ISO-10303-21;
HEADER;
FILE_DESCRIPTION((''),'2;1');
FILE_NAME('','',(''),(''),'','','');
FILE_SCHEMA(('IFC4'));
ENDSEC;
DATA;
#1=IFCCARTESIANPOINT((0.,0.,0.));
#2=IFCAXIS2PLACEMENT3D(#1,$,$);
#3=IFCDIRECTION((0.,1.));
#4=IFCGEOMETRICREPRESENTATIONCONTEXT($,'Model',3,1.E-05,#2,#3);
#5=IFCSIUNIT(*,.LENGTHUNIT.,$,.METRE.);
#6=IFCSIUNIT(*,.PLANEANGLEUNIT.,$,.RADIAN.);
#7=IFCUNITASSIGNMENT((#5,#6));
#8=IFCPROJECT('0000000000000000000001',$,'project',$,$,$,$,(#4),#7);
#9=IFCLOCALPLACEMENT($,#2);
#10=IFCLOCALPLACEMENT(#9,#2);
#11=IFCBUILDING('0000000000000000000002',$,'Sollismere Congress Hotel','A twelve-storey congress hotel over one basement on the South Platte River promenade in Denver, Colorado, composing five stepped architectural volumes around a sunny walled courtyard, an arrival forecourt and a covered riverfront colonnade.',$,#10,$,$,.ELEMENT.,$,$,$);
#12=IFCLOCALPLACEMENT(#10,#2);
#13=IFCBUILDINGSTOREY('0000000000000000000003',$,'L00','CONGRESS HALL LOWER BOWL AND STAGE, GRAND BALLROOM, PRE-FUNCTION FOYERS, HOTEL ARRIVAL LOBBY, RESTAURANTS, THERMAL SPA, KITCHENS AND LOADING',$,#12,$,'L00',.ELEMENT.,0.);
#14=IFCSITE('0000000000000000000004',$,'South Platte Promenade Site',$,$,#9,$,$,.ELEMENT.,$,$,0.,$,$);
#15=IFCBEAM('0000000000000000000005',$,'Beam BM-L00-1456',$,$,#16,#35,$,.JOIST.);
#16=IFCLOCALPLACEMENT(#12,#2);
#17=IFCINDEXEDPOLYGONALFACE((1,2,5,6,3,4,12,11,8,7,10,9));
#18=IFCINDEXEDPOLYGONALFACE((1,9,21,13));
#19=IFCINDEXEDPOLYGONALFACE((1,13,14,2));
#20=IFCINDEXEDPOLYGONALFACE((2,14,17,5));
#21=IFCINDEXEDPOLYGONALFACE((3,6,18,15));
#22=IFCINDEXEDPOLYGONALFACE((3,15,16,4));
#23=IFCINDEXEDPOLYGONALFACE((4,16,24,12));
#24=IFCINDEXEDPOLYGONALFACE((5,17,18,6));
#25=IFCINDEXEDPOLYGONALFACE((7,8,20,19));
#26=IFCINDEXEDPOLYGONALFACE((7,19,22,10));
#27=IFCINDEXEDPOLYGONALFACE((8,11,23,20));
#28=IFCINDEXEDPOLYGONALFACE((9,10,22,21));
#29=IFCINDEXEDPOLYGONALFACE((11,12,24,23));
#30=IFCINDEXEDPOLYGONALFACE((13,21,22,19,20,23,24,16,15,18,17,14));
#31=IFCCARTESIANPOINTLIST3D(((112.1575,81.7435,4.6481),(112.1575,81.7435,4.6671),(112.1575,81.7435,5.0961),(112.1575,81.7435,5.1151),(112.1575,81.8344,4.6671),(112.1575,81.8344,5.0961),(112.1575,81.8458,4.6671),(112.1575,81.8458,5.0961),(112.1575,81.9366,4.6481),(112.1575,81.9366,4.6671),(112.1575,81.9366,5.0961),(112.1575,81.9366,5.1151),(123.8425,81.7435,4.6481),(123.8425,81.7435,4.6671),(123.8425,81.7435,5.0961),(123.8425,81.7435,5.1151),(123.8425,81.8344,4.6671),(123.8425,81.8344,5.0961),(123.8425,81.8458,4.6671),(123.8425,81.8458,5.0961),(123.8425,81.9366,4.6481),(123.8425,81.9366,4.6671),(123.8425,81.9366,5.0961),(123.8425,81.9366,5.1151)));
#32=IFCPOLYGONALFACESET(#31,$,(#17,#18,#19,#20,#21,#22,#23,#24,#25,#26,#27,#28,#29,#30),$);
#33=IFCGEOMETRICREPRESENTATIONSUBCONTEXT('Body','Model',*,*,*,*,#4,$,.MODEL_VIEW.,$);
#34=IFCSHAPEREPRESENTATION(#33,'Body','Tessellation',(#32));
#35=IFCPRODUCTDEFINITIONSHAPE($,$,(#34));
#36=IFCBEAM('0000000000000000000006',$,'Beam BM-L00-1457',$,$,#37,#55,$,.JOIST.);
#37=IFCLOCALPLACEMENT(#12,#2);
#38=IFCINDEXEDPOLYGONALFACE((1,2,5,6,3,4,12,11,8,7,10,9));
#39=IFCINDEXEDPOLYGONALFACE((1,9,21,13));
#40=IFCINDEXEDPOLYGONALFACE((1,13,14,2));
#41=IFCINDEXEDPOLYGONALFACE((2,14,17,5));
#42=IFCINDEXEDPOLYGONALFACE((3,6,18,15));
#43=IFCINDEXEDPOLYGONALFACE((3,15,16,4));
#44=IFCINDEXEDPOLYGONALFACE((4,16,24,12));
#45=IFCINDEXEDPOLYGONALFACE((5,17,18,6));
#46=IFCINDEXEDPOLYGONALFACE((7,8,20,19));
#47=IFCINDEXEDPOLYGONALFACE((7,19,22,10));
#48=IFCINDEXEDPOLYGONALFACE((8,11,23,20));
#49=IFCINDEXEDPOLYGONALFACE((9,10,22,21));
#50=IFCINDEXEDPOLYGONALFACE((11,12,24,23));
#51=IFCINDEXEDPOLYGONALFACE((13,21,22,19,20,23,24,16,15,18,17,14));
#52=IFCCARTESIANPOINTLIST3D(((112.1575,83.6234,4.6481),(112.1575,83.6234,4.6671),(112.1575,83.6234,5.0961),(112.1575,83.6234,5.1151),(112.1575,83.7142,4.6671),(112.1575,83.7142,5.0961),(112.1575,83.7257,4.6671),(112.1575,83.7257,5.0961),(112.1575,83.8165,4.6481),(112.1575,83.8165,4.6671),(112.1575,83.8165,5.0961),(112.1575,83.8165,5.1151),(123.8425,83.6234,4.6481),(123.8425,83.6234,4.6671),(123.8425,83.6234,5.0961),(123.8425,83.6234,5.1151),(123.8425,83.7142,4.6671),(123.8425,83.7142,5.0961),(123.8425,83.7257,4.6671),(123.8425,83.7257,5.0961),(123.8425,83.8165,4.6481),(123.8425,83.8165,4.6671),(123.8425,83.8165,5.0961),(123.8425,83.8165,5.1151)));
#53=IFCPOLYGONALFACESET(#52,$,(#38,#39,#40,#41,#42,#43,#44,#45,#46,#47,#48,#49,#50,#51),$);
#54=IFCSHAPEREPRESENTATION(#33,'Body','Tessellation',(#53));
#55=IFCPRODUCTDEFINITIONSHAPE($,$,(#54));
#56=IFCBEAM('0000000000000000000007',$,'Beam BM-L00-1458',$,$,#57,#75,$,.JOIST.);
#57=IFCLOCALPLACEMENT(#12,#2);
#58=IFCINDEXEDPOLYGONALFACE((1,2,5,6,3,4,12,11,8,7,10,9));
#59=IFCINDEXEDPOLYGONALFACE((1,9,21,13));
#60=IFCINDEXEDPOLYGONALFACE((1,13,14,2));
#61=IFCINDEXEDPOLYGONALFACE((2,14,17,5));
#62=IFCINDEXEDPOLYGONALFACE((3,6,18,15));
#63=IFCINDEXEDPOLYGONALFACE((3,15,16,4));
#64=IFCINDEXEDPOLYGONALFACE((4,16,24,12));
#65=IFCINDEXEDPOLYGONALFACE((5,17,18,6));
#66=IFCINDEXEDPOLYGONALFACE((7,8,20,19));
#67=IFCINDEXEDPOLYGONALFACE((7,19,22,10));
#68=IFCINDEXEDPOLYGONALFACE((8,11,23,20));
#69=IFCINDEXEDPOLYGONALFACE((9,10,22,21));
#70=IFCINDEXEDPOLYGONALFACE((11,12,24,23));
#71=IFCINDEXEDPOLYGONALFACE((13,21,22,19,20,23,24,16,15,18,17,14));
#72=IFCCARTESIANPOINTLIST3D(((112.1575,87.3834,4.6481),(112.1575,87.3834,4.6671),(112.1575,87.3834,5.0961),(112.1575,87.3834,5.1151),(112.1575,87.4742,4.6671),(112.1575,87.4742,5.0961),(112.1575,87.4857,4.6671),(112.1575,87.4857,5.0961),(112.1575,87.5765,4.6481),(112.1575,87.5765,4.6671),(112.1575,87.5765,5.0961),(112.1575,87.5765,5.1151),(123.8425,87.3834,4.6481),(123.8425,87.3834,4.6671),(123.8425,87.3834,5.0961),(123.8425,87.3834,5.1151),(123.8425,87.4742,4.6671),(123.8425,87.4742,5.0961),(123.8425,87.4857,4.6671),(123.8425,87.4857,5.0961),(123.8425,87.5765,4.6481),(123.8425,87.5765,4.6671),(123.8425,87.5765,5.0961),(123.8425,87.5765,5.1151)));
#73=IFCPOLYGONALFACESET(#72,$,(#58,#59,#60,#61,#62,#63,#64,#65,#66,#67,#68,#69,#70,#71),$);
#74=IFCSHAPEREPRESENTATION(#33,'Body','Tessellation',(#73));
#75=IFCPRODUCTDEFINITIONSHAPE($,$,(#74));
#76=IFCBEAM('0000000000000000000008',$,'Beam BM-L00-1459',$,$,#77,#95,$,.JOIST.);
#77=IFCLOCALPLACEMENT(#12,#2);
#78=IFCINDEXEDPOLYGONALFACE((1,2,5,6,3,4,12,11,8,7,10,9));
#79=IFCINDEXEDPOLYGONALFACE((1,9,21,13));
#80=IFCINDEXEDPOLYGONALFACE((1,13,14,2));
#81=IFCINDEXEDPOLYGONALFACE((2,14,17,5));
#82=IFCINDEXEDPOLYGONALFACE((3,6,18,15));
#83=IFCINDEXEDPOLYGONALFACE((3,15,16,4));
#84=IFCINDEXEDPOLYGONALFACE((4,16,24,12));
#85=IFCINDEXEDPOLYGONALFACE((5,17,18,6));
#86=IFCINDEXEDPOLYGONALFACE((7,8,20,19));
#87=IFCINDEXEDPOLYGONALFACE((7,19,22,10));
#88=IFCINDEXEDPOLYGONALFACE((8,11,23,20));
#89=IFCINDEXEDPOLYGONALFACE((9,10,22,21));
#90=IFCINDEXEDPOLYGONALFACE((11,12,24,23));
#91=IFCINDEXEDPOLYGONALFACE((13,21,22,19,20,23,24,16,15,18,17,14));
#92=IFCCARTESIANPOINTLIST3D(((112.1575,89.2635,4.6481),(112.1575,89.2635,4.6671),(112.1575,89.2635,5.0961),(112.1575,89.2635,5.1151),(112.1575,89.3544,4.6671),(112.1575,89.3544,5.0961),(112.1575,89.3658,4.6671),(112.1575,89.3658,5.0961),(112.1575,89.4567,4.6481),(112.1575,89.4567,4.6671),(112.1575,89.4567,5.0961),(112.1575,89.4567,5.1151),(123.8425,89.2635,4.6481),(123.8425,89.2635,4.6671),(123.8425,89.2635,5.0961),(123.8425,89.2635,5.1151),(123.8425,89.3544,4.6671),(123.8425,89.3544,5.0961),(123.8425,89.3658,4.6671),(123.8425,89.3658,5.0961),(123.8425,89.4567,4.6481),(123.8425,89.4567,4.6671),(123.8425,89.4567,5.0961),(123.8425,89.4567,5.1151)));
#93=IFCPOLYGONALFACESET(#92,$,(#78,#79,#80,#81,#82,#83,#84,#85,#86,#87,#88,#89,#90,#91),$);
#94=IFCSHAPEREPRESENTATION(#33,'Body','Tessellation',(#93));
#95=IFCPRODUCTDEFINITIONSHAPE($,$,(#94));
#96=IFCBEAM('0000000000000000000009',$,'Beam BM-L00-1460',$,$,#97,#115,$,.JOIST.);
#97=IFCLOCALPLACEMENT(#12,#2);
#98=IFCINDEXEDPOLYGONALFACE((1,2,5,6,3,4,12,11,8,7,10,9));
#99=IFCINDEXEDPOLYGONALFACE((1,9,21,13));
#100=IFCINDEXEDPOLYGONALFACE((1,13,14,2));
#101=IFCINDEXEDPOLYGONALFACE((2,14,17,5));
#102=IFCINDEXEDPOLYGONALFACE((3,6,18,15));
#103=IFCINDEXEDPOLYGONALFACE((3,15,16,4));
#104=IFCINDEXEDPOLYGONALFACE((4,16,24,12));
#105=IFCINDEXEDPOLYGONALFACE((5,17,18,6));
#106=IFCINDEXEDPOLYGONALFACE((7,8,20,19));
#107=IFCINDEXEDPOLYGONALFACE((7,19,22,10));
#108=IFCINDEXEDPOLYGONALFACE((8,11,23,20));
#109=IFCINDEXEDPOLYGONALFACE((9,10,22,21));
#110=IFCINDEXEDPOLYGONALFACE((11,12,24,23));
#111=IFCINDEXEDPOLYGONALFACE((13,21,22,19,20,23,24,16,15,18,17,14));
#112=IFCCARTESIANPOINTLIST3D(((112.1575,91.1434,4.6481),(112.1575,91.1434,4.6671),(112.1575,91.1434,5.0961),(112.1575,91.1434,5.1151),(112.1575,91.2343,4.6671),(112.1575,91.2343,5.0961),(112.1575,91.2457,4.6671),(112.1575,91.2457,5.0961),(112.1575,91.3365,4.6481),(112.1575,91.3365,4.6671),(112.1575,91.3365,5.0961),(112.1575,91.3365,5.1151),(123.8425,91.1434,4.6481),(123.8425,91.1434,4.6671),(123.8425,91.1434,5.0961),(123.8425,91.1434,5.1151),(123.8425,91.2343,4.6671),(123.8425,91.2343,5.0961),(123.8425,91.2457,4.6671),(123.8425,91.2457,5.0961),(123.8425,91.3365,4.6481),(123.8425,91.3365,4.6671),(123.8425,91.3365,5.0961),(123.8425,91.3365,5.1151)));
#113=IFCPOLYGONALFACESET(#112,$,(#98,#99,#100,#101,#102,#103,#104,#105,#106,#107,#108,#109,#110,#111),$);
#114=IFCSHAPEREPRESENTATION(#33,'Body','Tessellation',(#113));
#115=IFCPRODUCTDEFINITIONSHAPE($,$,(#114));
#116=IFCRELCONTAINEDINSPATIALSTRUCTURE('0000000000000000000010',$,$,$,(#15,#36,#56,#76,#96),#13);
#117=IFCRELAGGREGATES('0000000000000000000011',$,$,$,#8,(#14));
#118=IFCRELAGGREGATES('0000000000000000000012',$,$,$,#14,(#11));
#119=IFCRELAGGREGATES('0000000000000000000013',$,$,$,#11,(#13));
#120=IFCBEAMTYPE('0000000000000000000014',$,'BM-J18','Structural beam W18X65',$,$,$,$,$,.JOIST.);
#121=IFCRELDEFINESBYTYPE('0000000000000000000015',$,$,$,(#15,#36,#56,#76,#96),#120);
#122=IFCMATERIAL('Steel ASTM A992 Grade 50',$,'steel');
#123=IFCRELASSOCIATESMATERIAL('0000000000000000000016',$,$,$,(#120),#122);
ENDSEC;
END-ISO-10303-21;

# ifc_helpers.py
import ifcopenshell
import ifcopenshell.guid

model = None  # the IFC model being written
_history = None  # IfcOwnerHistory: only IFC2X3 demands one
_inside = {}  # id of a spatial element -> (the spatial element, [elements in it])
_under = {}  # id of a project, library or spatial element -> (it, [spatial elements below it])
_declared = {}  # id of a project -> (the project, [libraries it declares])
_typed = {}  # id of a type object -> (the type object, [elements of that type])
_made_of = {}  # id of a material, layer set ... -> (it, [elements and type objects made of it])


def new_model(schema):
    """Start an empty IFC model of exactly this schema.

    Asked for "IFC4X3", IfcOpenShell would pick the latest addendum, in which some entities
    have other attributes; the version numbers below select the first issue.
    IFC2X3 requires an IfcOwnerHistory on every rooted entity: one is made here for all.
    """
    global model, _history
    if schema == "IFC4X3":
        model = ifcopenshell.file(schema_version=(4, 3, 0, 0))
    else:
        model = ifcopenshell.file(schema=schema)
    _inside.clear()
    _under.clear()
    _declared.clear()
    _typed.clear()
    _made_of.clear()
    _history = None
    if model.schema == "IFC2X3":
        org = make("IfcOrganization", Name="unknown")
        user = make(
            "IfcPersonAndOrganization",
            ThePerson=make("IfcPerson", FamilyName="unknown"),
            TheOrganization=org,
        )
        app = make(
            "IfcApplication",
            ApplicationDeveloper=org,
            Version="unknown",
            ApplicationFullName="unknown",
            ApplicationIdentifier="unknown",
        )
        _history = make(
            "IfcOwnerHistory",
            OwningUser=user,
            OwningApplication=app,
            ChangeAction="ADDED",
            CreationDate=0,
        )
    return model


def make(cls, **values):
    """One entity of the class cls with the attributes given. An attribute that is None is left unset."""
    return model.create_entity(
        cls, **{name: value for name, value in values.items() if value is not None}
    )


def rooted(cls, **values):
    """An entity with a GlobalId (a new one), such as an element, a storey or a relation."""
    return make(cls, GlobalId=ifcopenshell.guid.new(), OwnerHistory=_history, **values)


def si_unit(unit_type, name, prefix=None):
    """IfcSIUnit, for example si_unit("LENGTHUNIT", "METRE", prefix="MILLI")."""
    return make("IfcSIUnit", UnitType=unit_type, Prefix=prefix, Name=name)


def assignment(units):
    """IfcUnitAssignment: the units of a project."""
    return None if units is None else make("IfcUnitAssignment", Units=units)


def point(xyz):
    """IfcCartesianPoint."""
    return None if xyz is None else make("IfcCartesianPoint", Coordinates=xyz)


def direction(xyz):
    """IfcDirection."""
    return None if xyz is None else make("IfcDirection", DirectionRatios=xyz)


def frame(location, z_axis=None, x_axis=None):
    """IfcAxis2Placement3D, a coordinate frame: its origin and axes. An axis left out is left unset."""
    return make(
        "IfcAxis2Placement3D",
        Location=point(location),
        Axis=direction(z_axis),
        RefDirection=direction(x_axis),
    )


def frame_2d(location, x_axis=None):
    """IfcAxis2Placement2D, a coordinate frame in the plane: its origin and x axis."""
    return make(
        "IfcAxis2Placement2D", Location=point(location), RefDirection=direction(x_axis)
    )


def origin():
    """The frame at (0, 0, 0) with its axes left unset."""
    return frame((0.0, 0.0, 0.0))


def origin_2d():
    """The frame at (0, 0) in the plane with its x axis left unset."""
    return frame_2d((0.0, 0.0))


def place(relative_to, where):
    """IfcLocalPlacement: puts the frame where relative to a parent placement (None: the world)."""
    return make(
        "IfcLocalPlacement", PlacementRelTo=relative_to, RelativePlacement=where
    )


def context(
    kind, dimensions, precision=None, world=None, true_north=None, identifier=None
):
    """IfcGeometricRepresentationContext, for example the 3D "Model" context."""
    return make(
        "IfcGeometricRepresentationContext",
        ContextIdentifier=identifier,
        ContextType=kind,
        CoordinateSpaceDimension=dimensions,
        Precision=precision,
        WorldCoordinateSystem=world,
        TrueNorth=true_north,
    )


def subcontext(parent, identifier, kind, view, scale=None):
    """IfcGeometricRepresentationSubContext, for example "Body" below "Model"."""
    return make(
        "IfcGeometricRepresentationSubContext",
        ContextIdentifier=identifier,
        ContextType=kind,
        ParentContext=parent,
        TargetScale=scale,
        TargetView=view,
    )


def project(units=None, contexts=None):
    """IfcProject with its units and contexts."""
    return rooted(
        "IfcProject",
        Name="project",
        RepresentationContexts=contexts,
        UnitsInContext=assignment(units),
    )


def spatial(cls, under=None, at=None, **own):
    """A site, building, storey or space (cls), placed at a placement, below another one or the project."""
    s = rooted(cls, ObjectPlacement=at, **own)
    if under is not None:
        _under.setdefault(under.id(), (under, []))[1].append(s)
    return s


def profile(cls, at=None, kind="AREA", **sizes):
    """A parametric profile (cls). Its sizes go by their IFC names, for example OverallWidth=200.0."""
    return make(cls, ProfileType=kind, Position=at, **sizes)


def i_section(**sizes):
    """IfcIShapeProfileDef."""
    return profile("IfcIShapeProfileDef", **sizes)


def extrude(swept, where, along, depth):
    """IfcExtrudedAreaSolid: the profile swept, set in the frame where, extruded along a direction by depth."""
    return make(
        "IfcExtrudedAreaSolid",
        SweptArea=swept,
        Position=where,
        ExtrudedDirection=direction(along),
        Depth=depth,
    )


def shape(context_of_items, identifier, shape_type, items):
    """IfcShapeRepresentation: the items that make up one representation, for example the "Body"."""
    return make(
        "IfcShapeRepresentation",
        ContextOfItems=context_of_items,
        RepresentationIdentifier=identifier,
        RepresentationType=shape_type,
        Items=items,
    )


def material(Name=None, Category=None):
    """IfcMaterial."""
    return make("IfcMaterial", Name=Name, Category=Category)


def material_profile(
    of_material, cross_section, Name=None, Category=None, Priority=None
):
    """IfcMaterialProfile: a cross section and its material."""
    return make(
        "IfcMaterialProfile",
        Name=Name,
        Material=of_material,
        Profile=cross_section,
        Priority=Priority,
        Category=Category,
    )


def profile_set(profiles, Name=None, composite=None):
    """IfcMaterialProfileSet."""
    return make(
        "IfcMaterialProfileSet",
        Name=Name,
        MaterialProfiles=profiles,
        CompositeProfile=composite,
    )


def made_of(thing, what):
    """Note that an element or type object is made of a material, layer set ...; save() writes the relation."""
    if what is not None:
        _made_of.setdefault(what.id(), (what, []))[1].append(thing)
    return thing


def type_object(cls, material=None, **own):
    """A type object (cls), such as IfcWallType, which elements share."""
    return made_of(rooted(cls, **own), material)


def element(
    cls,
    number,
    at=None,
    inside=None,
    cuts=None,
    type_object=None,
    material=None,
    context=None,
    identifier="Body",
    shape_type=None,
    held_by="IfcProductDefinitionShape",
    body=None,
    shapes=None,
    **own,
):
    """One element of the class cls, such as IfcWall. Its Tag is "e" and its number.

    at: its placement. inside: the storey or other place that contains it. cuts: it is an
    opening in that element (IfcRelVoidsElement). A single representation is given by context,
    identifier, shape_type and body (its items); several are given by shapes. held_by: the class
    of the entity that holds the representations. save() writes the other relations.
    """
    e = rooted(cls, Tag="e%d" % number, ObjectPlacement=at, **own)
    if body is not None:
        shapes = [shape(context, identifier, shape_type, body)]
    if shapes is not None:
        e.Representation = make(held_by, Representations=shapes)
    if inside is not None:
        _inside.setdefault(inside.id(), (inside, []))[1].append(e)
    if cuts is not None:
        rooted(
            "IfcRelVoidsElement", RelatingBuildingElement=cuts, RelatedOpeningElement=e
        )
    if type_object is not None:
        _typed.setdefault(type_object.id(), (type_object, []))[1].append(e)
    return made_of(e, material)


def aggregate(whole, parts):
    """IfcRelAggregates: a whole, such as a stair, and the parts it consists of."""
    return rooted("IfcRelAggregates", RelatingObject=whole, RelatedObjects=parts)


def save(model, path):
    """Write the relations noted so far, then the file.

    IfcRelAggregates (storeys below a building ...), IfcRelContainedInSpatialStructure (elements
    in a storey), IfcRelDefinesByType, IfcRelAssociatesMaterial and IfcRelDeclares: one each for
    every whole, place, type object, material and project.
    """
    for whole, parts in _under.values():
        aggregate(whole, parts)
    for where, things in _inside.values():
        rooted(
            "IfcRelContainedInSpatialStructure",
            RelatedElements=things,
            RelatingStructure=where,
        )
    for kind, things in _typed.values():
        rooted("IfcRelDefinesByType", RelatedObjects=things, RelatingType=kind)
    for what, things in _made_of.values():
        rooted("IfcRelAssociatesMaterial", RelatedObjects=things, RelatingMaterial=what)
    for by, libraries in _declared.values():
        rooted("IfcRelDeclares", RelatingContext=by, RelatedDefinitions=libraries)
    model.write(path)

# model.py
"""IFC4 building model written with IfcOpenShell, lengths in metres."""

from ifc_helpers import new_model, si_unit, direction, frame, origin, origin_2d, place, context, subcontext, project, spatial, i_section, extrude, material, material_profile, profile_set, type_object, element, save


model = new_model("IFC4")

# Units and contexts
model_context = context("Model", 3, precision=1e-05, world=origin(), true_north=direction((0.0, 1.0)))
body_context = subcontext(model_context, "Body", "Model", "MODEL_VIEW")
ifc_project = project(units=[si_unit("LENGTHUNIT", "METRE"), si_unit("PLANEANGLEUNIT", "RADIAN")], contexts=[model_context])

# Site, building, storey
site_placement = place(None, origin())
site = spatial("IfcSite", under=ifc_project, at=site_placement, Name="South Platte Promenade Site", CompositionType="ELEMENT", RefElevation=0.0)
building_placement = place(site_placement, origin())
building = spatial("IfcBuilding", under=site, at=building_placement, Name="Sollismere Congress Hotel", Description="A twelve-storey congress hotel over one basement on the South Platte River promenade in Denver, Colorado, composing five stepped architectural volumes around a sunny walled courtyard, an arrival forecourt and a covered riverfront colonnade.", CompositionType="ELEMENT")
storey_placement = place(building_placement, origin())
storey = spatial("IfcBuildingStorey", under=building, at=storey_placement, Name="L00", Description="CONGRESS HALL LOWER BOWL AND STAGE, GRAND BALLROOM, PRE-FUNCTION FOYERS, HOTEL ARRIVAL LOBBY, RESTAURANTS, THERMAL SPA, KITCHENS AND LOADING", LongName="L00", CompositionType="ELEMENT", Elevation=0.0)

# Shared definitions
ifc_material_1 = material(Name="Steel ASTM A992 Grade 50", Category="steel")

# Beams
ifc_material_profile_1 = material_profile(ifc_material_1, i_section(OverallWidth=0.1931, OverallDepth=0.467, WebThickness=0.0115, FlangeThickness=0.019, at=origin_2d()), Name="W18X65")
ifc_profile_set_1 = profile_set([ifc_material_profile_1], Name="Steel ASTM A992 Grade 50")
beam_type_1 = type_object("IfcBeamType", Name="BM-J18", Description="Structural beam W18X65", PredefinedType="JOIST", material=ifc_profile_set_1)
for number, where, z_axis, x_axis, name in (
    (1, (112.1575, 81.8401, 4.8816), (1.0, 0.0, 0.0), (0.0, 1.0, 0.0), "Beam BM-L00-1456"),
    (2, (112.1575, 83.72, 4.8816), (1.0, 0.0, 0.0), (0.0, 1.0, 0.0), "Beam BM-L00-1457"),
    (3, (112.1575, 87.48, 4.8816), (1.0, 0.0, 0.0), (0.0, 1.0, 0.0), "Beam BM-L00-1458"),
    (4, (112.1575, 89.3601, 4.8816), (1.0, 0.0, 0.0), (0.0, 1.0, 0.0), "Beam BM-L00-1459"),
    (5, (112.1575, 91.24, 4.8816), (1.0, 0.0, 0.0), (0.0, 1.0, 0.0), "Beam BM-L00-1460"),
):
    element("IfcBeam", number, at=place(storey_placement, frame(where, z_axis=z_axis, x_axis=x_axis)), inside=storey, type_object=beam_type_1, Name=name, PredefinedType="JOIST", context=body_context, shape_type="SweptSolid", body=[
        extrude(i_section(OverallWidth=0.1931, OverallDepth=0.467, WebThickness=0.0115, FlangeThickness=0.019, at=origin_2d()), origin(), (0.0, 0.0, 1.0), 11.6851),
    ])

save(model, "model.ifc")
